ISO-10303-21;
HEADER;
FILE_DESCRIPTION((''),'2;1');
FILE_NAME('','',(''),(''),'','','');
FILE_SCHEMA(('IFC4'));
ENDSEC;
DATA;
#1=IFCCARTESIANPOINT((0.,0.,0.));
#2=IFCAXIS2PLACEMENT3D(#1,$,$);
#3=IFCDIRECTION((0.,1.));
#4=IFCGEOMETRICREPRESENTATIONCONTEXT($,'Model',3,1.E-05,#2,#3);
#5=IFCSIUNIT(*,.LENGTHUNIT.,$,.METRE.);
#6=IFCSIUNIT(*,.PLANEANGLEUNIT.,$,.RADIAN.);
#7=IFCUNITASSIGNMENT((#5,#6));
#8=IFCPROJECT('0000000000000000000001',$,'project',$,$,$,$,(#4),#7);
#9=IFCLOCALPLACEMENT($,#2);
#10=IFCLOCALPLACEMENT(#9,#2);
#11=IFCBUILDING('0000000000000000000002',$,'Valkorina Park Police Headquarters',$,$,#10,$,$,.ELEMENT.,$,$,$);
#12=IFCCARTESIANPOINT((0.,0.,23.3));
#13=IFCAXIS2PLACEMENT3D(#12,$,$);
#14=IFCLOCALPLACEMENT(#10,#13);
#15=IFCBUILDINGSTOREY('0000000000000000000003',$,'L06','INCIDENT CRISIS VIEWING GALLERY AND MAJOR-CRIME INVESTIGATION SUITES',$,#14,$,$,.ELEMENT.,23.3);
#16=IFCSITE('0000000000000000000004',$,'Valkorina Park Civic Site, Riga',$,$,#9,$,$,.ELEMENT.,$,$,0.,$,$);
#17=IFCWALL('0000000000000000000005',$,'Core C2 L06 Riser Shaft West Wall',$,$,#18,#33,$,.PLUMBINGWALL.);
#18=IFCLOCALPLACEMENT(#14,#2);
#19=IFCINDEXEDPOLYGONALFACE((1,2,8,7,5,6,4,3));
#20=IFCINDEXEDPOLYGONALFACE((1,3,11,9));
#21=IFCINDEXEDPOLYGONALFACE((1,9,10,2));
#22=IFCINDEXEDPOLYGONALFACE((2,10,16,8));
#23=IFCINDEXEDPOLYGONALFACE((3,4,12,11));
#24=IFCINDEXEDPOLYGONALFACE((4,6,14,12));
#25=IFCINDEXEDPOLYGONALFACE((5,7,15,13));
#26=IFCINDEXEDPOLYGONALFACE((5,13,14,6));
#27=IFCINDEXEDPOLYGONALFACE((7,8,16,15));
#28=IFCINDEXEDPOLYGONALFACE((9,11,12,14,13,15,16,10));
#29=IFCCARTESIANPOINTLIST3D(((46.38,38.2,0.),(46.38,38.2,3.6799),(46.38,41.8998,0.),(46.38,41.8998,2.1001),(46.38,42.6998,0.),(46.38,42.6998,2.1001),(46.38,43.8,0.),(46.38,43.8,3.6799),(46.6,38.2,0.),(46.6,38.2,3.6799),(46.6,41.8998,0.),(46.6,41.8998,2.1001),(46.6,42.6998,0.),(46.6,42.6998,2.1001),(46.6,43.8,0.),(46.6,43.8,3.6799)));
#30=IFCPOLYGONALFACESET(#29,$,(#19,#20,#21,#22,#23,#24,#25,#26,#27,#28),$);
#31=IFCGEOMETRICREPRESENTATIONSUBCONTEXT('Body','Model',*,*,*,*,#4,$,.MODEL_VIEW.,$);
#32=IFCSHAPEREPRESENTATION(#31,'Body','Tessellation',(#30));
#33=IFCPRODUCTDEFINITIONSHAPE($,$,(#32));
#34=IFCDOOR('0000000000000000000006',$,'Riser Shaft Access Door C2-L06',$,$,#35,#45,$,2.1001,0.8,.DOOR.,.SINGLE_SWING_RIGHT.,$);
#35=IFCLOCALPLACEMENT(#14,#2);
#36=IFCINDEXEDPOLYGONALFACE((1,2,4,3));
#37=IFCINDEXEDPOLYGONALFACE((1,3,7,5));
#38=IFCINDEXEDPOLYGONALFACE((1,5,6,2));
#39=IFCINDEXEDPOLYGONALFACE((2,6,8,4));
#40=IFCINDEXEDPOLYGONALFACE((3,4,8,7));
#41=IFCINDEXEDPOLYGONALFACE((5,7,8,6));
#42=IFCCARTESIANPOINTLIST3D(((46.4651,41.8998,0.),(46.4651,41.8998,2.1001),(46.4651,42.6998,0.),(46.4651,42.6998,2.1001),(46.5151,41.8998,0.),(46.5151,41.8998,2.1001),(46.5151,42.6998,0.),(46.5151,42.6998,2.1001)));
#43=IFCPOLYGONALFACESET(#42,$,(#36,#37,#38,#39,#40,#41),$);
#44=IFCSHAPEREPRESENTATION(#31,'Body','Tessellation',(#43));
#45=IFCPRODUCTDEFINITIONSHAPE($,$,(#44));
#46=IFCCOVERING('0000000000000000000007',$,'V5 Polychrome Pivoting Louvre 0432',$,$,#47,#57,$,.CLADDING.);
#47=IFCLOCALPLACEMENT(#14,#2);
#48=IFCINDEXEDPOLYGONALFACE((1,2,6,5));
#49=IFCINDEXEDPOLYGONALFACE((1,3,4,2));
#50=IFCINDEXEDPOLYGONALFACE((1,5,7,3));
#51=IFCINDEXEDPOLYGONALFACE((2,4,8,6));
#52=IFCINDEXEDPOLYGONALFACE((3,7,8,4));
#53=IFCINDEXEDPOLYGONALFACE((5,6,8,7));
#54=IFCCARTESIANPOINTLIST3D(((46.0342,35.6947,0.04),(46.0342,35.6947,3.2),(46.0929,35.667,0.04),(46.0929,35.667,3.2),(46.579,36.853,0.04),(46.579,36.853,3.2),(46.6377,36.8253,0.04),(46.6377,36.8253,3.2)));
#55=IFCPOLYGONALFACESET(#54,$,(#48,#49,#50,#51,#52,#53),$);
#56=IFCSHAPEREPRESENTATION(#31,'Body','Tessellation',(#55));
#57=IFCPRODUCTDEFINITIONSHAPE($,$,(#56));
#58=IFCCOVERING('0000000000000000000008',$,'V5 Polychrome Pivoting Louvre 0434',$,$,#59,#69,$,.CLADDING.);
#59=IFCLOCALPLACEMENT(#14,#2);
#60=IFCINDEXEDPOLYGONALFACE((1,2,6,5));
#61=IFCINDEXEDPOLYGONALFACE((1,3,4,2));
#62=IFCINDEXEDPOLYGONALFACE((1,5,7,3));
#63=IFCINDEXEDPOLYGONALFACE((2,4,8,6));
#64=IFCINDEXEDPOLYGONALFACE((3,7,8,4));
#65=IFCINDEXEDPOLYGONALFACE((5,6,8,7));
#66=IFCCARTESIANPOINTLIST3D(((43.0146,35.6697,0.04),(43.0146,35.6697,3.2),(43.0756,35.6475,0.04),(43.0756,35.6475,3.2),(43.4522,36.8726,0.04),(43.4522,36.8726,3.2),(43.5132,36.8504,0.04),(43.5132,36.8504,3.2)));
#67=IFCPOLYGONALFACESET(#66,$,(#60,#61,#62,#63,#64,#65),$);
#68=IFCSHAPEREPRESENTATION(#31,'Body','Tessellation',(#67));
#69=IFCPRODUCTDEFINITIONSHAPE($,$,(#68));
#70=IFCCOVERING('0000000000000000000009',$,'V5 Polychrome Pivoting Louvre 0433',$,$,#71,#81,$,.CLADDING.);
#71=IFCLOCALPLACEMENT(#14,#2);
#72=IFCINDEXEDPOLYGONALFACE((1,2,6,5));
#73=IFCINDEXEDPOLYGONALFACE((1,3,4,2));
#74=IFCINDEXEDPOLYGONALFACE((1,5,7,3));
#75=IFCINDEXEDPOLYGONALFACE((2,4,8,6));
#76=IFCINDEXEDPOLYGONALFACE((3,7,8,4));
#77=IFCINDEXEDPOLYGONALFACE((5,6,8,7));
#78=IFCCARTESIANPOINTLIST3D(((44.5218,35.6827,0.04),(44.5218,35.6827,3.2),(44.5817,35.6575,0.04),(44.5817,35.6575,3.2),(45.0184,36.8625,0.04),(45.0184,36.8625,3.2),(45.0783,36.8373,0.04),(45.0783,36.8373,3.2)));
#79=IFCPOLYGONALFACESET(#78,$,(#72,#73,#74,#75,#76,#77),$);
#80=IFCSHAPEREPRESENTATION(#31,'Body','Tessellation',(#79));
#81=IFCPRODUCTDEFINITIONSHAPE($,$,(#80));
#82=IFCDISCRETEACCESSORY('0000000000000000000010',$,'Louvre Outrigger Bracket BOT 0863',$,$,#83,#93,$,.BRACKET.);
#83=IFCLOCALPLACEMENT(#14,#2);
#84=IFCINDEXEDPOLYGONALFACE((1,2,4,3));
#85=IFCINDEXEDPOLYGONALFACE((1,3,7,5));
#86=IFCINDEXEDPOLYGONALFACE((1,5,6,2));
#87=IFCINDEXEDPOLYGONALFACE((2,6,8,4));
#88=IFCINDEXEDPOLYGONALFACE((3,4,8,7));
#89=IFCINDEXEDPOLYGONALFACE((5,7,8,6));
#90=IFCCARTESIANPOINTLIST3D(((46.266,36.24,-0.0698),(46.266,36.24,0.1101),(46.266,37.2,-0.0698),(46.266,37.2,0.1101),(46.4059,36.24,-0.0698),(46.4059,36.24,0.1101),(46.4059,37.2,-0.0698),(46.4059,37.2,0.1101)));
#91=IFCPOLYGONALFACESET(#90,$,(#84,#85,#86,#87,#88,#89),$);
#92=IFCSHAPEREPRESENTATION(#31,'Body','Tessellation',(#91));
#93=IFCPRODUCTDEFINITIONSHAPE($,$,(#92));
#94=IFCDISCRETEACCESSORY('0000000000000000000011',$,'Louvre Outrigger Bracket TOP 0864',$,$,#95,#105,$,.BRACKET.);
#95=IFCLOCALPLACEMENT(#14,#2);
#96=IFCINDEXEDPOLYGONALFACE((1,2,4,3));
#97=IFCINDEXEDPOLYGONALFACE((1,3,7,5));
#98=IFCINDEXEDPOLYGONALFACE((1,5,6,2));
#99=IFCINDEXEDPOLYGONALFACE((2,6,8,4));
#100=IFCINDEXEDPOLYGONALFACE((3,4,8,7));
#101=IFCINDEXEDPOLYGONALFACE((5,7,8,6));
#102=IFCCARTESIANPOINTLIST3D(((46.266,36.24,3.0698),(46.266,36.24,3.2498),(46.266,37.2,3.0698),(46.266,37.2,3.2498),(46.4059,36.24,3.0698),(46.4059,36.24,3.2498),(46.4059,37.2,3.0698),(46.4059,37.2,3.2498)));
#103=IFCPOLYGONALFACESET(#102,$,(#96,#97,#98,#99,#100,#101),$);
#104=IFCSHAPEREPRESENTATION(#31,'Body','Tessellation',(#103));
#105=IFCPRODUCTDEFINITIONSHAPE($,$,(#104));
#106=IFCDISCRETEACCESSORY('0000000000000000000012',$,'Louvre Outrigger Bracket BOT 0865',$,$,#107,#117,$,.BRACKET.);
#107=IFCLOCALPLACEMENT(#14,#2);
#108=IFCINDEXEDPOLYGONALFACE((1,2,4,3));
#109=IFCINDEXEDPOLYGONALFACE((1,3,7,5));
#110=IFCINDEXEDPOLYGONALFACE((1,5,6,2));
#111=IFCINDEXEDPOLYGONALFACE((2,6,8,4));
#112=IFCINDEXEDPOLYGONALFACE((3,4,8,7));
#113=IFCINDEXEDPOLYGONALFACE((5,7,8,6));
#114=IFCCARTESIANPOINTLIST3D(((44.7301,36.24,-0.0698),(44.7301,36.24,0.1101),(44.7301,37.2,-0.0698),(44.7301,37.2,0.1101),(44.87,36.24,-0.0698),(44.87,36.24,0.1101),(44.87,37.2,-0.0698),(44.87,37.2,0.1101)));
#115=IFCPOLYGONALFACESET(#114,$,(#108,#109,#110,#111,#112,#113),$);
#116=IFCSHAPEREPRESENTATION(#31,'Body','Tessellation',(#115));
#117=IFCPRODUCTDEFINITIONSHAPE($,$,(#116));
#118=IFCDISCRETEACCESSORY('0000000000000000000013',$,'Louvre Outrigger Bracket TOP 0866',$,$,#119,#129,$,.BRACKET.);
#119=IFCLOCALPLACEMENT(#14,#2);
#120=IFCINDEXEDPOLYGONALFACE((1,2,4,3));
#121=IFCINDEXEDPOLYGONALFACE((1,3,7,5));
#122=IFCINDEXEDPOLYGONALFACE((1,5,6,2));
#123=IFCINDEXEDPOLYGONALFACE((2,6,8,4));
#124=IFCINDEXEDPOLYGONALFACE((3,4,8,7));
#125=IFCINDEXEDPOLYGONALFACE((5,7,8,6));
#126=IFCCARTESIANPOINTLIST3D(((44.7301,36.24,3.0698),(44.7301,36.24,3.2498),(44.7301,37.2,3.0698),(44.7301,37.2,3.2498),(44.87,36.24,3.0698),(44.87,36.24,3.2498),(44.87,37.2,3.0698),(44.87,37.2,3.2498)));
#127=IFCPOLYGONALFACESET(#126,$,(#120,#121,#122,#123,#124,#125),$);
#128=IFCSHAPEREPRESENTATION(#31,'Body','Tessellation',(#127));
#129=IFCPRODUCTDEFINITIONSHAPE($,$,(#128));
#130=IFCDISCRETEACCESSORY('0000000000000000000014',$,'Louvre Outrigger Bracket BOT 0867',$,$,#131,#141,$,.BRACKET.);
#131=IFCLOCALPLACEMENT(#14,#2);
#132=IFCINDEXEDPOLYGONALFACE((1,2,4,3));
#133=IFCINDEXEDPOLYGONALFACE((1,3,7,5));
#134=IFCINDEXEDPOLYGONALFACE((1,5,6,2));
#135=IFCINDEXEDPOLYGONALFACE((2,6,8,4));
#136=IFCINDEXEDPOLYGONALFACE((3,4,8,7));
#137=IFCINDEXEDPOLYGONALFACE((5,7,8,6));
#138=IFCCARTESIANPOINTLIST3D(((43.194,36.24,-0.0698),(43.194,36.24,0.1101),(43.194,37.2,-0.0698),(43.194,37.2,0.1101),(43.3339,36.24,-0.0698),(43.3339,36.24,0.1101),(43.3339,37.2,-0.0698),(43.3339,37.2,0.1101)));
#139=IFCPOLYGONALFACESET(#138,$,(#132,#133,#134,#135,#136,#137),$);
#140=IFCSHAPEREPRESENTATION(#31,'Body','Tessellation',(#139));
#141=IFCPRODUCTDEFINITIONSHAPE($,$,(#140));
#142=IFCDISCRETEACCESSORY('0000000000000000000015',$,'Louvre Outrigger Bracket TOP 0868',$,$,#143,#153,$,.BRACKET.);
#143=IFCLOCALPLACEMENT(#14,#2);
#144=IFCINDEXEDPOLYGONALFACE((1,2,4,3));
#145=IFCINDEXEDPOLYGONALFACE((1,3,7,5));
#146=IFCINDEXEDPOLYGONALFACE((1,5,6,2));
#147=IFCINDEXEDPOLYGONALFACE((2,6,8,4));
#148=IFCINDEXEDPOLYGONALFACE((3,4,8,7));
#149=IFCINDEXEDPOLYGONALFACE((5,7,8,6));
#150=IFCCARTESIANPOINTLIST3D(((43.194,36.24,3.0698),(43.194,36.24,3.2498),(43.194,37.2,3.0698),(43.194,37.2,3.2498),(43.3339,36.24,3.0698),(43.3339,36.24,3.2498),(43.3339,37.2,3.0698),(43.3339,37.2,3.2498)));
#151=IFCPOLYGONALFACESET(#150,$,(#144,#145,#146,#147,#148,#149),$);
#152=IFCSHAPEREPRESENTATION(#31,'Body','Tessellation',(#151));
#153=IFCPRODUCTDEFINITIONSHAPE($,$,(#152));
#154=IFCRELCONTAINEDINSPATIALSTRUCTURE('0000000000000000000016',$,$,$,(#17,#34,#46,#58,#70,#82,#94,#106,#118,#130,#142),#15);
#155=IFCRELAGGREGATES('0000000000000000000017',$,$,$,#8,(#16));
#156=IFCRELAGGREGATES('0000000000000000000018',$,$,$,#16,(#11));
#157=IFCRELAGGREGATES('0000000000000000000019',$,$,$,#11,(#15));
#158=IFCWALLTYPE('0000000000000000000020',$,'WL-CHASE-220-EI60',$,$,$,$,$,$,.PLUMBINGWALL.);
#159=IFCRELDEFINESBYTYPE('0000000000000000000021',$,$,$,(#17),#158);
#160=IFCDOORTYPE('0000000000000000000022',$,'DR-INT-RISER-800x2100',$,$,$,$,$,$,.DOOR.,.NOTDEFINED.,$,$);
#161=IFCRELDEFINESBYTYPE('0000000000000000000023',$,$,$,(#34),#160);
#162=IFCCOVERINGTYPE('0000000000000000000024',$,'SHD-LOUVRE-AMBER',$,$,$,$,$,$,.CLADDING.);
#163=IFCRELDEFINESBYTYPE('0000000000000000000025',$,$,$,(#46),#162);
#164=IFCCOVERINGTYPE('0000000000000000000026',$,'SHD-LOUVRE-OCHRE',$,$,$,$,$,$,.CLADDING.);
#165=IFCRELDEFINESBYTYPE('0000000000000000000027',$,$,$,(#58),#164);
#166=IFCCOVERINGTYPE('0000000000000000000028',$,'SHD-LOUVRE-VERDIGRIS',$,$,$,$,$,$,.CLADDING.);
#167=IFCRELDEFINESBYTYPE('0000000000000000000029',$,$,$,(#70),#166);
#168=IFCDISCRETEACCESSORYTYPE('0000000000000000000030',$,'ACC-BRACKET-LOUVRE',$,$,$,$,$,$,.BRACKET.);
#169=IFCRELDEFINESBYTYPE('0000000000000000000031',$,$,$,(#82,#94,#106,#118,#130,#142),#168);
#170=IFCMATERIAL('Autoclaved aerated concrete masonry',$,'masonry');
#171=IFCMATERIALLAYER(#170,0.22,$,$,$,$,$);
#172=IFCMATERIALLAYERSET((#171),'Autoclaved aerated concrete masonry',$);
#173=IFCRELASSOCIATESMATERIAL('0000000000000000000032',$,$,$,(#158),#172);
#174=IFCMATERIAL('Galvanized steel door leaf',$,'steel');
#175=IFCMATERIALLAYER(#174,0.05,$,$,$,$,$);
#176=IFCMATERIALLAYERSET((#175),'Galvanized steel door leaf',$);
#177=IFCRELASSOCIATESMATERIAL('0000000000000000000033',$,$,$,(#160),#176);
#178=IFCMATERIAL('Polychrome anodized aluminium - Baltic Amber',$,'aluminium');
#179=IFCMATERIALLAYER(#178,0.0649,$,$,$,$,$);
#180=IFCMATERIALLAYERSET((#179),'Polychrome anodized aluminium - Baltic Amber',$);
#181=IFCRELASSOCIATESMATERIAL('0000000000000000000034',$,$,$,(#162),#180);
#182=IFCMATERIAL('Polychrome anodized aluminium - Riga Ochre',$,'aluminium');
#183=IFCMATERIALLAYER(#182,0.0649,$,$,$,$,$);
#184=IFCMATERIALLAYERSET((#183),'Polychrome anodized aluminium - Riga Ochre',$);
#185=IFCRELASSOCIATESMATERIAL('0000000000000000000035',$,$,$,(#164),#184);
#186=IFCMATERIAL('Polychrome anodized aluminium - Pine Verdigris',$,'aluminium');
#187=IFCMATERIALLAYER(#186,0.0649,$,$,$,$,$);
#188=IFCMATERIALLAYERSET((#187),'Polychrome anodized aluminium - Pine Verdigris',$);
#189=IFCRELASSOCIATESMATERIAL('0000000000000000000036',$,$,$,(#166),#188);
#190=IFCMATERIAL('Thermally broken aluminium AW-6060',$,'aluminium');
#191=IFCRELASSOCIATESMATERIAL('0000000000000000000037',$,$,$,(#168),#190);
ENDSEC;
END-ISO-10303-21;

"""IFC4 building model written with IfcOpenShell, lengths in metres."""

from ifc_helpers import new_model, si_unit, direction, frame, frame_2d, origin, origin_2d, place, context, subcontext, project, spatial, rectangle, extrude, material, layer, layer_set, type_object, element, fill, save


model = new_model("IFC4")

# Units and contexts
model_context = context("Model", 3, precision=1e-05, world=origin(), true_north=direction((0.0, 1.0)))
body_context = subcontext(model_context, "Body", "Model", "MODEL_VIEW")
ifc_project = project(units=[si_unit("LENGTHUNIT", "METRE"), si_unit("PLANEANGLEUNIT", "RADIAN")], contexts=[model_context])

# Site, building, storey
site_placement = place(None, origin())
site = spatial("IfcSite", under=ifc_project, at=site_placement, Name="Valkorina Park Civic Site, Riga", CompositionType="ELEMENT", RefElevation=0.0)
building_placement = place(site_placement, origin())
building = spatial("IfcBuilding", under=site, at=building_placement, Name="Valkorina Park Police Headquarters", CompositionType="ELEMENT")
storey_placement = place(building_placement, frame((0.0, 0.0, 23.3)))
storey = spatial("IfcBuildingStorey", under=building, at=storey_placement, Name="L06", Description="INCIDENT CRISIS VIEWING GALLERY AND MAJOR-CRIME INVESTIGATION SUITES", CompositionType="ELEMENT", Elevation=23.3)

# Shared definitions
ifc_material_1 = material(Name="Thermally broken aluminium AW-6060", Category="aluminium")

# Shared definitions
ifc_material_2 = material(Name="Autoclaved aerated concrete masonry", Category="masonry")
ifc_layer_1 = layer(ifc_material_2, 0.22)
ifc_layer_set_1 = layer_set([ifc_layer_1], Name="Autoclaved aerated concrete masonry")
wall_type = type_object("IfcWallType", Name="WL-CHASE-220-EI60", PredefinedType="PLUMBINGWALL", material=ifc_layer_set_1)

# Wall, opening, door
wall_1_placement = place(storey_placement, frame((46.49, 38.2, 0.0), z_axis=(0.0, 0.0, 1.0), x_axis=(0.0, 1.0, 0.0)))
wall_1 = element("IfcWall", 1, at=wall_1_placement, inside=storey, type_object=wall_type, Name="Core C2 L06 Riser Shaft West Wall", PredefinedType="PLUMBINGWALL", context=body_context, shape_type="SweptSolid", body=[
    extrude(rectangle(XDim=5.6001, YDim=0.22, at=frame_2d((2.8, 0.0))), origin(), (0.0, 0.0, 1.0), 3.6799),
])
opening_1_placement = place(wall_1_placement, frame((3.7, 0.0, 0.0)))
opening_1 = element("IfcOpeningElement", 2, at=opening_1_placement, cuts=wall_1, PredefinedType="OPENING", context=body_context, shape_type="SweptSolid", body=[
    extrude(rectangle(XDim=0.8, YDim=2.1001, at=frame_2d((0.3999, 1.05))), frame((0.0, 0.1201, 0.0), z_axis=(0.0, -1.0, 0.0), x_axis=(1.0, 0.0, 0.0)), (0.0, 0.0, 1.0), 0.24),
])
ifc_material_3 = material(Name="Galvanized steel door leaf", Category="steel")
ifc_layer_2 = layer(ifc_material_3, 0.05)
ifc_layer_set_2 = layer_set([ifc_layer_2], Name="Galvanized steel door leaf")
door_type_1 = type_object("IfcDoorType", Name="DR-INT-RISER-800x2100", OperationType="NOTDEFINED", PredefinedType="DOOR", material=ifc_layer_set_2)
door_1_placement = place(opening_1_placement, origin())
door_1 = element("IfcDoor", 3, at=door_1_placement, inside=storey, type_object=door_type_1, Name="Riser Shaft Access Door C2-L06", OperationType="SINGLE_SWING_RIGHT", OverallHeight=2.1001, OverallWidth=0.8, PredefinedType="DOOR", context=body_context, shape_type="SweptSolid", body=[
    extrude(rectangle(XDim=0.8, YDim=2.1001, at=frame_2d((0.3999, 1.05))), frame((0.0, 0.0249, 0.0), z_axis=(0.0, -1.0, 0.0), x_axis=(1.0, 0.0, 0.0)), (0.0, 0.0, 1.0), 0.05),
])
fill(opening_1, door_1)

# Coverings
ifc_material_4 = material(Name="Polychrome anodized aluminium - Baltic Amber", Category="aluminium")
ifc_layer_3 = layer(ifc_material_4, 0.0649)
ifc_layer_set_3 = layer_set([ifc_layer_3], Name="Polychrome anodized aluminium - Baltic Amber")
covering_type_1 = type_object("IfcCoveringType", Name="SHD-LOUVRE-AMBER", PredefinedType="CLADDING", material=ifc_layer_set_3)
covering_1_placement = place(storey_placement, frame((46.3359, 36.26, 0.04), z_axis=(0.0, 0.0, 1.0), x_axis=(-0.425621, -0.904901, 0.0)))
element("IfcCovering", 4, at=covering_1_placement, inside=storey, type_object=covering_type_1, Name="V5 Polychrome Pivoting Louvre 0432", PredefinedType="CLADDING", context=body_context, shape_type="SweptSolid", body=[
    extrude(rectangle(XDim=1.28, YDim=0.0649, at=origin_2d()), origin(), (0.0, 0.0, 1.0), 3.1599),
])
ifc_material_5 = material(Name="Polychrome anodized aluminium - Riga Ochre", Category="aluminium")
ifc_layer_4 = layer(ifc_material_5, 0.0649)
ifc_layer_set_4 = layer_set([ifc_layer_4], Name="Polychrome anodized aluminium - Riga Ochre")
covering_type_2 = type_object("IfcCoveringType", Name="SHD-LOUVRE-OCHRE", PredefinedType="CLADDING", material=ifc_layer_set_4)
covering_2_placement = place(storey_placement, frame((43.2639, 36.26, 0.04), z_axis=(0.0, 0.0, 1.0), x_axis=(-0.341856, -0.939752, 0.0)))
element("IfcCovering", 5, at=covering_2_placement, inside=storey, type_object=covering_type_2, Name="V5 Polychrome Pivoting Louvre 0434", PredefinedType="CLADDING", context=body_context, shape_type="SweptSolid", body=[
    extrude(rectangle(XDim=1.28, YDim=0.0649, at=origin_2d()), origin(), (0.0, 0.0, 1.0), 3.1599),
])
ifc_material_6 = material(Name="Polychrome anodized aluminium - Pine Verdigris", Category="aluminium")
ifc_layer_5 = layer(ifc_material_6, 0.0649)
ifc_layer_set_5 = layer_set([ifc_layer_5], Name="Polychrome anodized aluminium - Pine Verdigris")
covering_type_3 = type_object("IfcCoveringType", Name="SHD-LOUVRE-VERDIGRIS", PredefinedType="CLADDING", material=ifc_layer_set_5)
covering_3_placement = place(storey_placement, frame((44.8, 36.26, 0.04), z_axis=(0.0, 0.0, 1.0), x_axis=(-0.387998, -0.92166, 0.0)))
element("IfcCovering", 6, at=covering_3_placement, inside=storey, type_object=covering_type_3, Name="V5 Polychrome Pivoting Louvre 0433", PredefinedType="CLADDING", context=body_context, shape_type="SweptSolid", body=[
    extrude(rectangle(XDim=1.28, YDim=0.0649, at=origin_2d()), origin(), (0.0, 0.0, 1.0), 3.1599),
])

# Discrete accessories
discrete_accessory_type = type_object("IfcDiscreteAccessoryType", Name="ACC-BRACKET-LOUVRE", PredefinedType="BRACKET", material=ifc_material_1)
for number, where, z_axis, x_axis, name in (
    (7, (46.3359, 36.72, -0.0698), (0.0, 0.0, 1.0), (0.0, -1.0, 0.0), "Louvre Outrigger Bracket BOT 0863"),
    (8, (46.3359, 36.72, 3.0698), (0.0, 0.0, 1.0), (0.0, -1.0, 0.0), "Louvre Outrigger Bracket TOP 0864"),
    (9, (44.8, 36.72, -0.0698), (0.0, 0.0, 1.0), (0.0, -1.0, 0.0), "Louvre Outrigger Bracket BOT 0865"),
    (10, (44.8, 36.72, 3.0698), (0.0, 0.0, 1.0), (0.0, -1.0, 0.0), "Louvre Outrigger Bracket TOP 0866"),
    (11, (43.2639, 36.72, -0.0698), (0.0, 0.0, 1.0), (0.0, -1.0, 0.0), "Louvre Outrigger Bracket BOT 0867"),
    (12, (43.2639, 36.72, 3.0698), (0.0, 0.0, 1.0), (0.0, -1.0, 0.0), "Louvre Outrigger Bracket TOP 0868"),
):
    element("IfcDiscreteAccessory", number, at=place(storey_placement, frame(where, z_axis=z_axis, x_axis=x_axis)), inside=storey, type_object=discrete_accessory_type, Name=name, PredefinedType="BRACKET", context=body_context, shape_type="SweptSolid", body=[
        extrude(rectangle(XDim=0.96, YDim=0.1399, at=origin_2d()), origin(), (0.0, 0.0, 1.0), 0.1799),
    ])

save(model, "model.ifc")
